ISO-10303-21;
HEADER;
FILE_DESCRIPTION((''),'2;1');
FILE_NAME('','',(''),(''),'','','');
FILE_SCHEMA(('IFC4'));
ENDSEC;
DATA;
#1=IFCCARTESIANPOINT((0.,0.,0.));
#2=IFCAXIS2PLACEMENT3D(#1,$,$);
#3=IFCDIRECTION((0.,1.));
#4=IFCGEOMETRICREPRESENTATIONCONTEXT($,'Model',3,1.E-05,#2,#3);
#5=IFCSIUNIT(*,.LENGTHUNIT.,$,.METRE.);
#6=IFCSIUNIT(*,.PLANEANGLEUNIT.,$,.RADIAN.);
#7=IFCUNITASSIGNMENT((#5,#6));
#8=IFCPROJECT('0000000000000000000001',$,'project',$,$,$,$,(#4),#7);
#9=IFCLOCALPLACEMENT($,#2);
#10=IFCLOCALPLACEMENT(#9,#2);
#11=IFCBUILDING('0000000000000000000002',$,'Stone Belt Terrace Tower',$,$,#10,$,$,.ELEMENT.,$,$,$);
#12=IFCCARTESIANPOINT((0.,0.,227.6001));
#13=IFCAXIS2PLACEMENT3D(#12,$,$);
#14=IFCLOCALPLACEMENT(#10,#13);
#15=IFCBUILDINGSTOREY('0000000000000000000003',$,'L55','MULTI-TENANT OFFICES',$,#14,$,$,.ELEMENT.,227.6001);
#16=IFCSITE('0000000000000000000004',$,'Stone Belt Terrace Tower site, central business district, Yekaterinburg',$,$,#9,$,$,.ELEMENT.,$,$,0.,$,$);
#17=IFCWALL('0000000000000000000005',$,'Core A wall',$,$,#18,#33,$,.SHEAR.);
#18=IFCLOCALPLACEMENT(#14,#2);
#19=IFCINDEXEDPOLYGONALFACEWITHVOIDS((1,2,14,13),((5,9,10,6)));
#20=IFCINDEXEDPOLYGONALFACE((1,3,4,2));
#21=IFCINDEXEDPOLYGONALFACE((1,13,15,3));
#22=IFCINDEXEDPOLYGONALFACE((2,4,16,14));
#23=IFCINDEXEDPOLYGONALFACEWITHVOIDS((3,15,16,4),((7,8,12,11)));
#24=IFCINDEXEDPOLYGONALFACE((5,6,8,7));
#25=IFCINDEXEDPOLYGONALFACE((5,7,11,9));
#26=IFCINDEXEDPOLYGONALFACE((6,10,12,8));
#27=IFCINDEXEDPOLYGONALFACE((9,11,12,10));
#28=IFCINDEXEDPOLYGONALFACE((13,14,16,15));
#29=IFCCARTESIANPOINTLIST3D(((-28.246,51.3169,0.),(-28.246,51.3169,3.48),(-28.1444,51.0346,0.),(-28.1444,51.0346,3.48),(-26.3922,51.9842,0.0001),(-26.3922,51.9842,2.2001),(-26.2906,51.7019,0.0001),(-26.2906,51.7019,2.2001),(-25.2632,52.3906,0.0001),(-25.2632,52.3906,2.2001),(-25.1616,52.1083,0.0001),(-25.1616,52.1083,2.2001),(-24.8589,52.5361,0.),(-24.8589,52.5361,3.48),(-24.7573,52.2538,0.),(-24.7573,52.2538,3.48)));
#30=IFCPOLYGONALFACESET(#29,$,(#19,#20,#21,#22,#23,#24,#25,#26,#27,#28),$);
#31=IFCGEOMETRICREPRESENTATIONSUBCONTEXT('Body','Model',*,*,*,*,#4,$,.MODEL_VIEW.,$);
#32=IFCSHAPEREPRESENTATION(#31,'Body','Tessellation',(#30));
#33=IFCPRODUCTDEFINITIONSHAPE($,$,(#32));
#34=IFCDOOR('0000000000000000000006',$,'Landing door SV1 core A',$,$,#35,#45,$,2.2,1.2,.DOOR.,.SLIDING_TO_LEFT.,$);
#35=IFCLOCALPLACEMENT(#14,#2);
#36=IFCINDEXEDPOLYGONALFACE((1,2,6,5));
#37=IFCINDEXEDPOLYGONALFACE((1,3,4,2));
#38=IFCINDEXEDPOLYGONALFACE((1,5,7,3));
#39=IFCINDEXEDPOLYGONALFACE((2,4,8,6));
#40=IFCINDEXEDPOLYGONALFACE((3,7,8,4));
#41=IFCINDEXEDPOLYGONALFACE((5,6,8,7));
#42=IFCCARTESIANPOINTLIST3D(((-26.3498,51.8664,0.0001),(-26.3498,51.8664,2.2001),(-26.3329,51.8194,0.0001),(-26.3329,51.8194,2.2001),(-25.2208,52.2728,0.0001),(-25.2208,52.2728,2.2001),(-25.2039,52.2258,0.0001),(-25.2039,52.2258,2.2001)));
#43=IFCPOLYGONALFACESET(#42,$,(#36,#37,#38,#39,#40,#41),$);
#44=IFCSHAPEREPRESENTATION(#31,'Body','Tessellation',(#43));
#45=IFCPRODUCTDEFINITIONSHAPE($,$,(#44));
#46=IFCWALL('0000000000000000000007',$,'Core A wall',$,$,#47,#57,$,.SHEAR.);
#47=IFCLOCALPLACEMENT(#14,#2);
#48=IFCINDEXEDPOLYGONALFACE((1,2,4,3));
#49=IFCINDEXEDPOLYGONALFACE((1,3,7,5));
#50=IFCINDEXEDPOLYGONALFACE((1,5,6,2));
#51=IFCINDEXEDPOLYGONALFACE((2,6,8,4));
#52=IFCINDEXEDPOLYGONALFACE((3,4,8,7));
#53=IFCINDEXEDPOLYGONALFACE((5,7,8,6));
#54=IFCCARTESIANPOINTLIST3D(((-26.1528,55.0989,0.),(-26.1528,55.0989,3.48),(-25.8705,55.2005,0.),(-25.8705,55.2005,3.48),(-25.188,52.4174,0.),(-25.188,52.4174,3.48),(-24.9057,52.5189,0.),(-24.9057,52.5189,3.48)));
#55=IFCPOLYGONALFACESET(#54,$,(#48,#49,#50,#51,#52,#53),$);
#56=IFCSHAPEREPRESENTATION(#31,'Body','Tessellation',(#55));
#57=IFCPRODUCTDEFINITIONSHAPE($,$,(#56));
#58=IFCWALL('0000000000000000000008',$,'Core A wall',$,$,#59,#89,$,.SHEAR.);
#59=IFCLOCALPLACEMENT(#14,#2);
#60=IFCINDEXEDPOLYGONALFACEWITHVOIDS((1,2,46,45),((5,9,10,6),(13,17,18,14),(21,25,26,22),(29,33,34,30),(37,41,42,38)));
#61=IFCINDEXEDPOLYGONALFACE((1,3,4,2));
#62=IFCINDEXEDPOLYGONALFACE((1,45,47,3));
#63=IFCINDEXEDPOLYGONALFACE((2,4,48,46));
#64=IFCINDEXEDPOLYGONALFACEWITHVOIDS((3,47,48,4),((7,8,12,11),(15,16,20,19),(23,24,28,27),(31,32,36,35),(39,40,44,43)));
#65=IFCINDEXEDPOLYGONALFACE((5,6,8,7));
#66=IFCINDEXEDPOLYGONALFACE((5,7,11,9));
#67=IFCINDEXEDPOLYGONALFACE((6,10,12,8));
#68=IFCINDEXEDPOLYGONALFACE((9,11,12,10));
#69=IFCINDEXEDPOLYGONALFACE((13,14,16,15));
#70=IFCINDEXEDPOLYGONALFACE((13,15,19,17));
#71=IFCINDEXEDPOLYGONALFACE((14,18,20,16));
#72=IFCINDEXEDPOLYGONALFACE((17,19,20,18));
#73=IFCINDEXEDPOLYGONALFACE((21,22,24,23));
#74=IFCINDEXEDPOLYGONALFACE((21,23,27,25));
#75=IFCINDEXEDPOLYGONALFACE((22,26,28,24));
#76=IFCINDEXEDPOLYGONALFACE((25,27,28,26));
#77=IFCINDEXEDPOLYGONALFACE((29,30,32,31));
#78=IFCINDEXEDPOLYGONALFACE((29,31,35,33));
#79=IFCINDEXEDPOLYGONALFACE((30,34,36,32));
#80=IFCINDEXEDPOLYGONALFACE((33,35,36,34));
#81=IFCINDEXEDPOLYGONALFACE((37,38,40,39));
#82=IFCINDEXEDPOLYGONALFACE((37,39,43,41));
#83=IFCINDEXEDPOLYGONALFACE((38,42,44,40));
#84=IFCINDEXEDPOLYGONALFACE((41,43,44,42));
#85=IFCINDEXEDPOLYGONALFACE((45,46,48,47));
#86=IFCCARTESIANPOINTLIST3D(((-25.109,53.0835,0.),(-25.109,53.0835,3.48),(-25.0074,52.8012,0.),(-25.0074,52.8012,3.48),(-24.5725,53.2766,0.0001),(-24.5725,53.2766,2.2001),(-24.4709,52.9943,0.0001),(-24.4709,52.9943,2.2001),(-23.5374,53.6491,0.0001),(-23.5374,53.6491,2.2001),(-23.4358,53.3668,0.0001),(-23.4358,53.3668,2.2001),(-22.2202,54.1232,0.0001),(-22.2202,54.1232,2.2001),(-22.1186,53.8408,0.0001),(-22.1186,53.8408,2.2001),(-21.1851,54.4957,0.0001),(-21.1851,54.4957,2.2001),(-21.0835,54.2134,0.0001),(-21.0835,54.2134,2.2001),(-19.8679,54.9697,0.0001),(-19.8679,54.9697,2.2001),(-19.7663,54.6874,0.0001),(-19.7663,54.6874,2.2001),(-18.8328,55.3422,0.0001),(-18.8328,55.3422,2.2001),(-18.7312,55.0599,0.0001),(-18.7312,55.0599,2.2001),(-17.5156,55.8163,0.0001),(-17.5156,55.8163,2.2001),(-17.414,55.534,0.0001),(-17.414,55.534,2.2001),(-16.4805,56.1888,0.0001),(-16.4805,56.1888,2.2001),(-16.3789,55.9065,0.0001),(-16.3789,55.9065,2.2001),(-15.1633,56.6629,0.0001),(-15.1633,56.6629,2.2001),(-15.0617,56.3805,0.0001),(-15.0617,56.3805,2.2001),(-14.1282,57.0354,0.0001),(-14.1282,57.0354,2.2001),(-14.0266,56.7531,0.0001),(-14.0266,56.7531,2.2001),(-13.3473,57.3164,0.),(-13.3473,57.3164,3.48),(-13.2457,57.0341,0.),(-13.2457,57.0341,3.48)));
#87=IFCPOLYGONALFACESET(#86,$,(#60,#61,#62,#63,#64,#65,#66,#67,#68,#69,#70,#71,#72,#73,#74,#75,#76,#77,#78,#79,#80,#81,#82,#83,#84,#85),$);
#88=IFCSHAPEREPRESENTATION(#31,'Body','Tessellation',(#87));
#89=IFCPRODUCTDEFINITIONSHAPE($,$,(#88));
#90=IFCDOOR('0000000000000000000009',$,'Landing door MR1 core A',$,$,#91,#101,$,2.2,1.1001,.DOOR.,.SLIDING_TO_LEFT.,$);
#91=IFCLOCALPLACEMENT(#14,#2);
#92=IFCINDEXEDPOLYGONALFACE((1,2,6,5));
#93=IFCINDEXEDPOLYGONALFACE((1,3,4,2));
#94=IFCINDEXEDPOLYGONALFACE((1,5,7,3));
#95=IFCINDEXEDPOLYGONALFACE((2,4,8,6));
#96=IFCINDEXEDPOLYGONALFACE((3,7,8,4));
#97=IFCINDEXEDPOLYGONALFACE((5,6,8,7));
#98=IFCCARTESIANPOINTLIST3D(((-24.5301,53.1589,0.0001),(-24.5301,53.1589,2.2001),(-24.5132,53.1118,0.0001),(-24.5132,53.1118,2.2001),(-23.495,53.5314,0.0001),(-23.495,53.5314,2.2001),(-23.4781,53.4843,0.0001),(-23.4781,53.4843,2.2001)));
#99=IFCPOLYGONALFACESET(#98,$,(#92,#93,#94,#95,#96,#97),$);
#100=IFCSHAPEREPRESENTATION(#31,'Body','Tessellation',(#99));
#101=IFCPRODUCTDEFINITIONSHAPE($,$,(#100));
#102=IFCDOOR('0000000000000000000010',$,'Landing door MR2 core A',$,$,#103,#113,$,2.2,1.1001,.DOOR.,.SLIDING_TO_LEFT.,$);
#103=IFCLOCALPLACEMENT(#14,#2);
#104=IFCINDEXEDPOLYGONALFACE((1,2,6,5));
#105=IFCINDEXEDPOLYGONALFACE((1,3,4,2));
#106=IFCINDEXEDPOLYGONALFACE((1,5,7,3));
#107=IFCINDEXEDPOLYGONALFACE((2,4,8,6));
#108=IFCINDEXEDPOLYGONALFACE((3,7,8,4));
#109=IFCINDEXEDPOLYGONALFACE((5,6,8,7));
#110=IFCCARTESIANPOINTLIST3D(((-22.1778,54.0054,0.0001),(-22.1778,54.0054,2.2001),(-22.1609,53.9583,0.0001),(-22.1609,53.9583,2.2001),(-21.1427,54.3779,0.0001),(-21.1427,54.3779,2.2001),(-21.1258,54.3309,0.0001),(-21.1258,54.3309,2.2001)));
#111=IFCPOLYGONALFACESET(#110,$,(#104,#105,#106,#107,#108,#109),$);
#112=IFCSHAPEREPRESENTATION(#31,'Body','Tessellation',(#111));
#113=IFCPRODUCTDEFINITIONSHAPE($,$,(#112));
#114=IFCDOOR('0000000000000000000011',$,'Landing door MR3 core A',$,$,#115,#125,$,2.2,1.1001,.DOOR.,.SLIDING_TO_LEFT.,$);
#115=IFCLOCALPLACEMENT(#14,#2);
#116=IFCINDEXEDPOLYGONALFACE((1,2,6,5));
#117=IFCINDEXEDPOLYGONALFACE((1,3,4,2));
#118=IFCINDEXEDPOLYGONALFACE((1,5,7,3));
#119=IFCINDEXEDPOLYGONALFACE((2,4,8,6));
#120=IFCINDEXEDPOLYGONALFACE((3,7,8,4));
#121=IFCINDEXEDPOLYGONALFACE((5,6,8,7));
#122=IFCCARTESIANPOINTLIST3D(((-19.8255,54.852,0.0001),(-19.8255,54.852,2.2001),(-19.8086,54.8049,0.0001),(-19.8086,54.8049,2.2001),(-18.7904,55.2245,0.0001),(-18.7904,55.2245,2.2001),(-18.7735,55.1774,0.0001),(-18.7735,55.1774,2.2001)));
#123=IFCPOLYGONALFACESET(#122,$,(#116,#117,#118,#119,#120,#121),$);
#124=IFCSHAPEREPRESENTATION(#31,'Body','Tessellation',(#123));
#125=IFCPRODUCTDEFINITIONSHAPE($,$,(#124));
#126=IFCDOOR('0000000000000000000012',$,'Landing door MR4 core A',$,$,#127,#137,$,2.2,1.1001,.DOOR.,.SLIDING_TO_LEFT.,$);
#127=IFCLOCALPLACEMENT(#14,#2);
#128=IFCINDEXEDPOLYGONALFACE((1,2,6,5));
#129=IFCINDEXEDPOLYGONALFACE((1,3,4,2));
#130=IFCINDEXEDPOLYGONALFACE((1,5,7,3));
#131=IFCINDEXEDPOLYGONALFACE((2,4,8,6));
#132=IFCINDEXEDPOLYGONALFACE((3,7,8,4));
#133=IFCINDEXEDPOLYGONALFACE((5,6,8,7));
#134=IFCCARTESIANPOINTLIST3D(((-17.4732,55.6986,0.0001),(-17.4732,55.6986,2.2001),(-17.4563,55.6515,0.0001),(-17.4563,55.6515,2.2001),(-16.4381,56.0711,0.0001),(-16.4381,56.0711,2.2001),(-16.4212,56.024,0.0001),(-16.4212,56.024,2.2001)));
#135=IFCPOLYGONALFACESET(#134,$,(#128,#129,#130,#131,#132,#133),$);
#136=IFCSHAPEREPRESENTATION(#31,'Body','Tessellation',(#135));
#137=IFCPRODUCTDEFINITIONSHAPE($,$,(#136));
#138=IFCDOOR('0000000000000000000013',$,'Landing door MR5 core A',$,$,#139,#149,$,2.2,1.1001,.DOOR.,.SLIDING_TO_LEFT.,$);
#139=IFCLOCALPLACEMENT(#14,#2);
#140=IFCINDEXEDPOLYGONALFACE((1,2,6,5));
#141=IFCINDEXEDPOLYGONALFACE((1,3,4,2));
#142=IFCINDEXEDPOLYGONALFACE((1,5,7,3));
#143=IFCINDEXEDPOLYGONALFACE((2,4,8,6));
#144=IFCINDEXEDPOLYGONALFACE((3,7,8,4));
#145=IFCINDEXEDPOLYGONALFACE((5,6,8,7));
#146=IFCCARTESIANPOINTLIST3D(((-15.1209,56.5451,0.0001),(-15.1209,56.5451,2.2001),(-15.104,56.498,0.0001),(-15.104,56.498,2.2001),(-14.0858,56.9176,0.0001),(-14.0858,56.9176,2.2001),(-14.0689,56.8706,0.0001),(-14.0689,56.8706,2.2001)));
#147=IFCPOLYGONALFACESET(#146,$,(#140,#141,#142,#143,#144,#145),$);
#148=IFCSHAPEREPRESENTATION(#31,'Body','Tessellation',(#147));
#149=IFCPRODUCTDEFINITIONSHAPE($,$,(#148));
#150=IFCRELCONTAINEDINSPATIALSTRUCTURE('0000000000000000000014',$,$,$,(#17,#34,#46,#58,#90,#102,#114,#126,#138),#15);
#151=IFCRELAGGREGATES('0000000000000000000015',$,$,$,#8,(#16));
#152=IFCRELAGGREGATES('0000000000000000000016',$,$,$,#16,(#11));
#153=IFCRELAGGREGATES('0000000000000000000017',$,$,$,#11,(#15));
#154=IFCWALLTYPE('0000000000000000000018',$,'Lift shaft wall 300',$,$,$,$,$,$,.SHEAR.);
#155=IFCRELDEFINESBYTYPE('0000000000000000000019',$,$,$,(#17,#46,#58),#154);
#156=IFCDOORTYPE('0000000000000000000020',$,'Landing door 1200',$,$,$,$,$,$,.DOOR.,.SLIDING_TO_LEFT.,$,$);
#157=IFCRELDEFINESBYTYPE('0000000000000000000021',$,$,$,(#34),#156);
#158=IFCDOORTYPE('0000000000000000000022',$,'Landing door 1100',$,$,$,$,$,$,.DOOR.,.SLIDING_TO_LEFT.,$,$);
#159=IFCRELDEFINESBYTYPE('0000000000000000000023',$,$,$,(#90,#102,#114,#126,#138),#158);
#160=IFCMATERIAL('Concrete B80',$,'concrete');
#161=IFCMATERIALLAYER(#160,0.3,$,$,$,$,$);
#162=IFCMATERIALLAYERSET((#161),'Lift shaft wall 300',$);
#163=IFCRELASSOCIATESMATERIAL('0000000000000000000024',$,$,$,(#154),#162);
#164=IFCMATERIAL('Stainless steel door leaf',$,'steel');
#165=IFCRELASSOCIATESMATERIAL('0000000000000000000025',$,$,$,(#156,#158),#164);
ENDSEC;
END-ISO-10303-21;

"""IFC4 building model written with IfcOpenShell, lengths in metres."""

from ifc_helpers import new_model, si_unit, direction, frame, frame_2d, origin, place, context, subcontext, project, spatial, rectangle, extrude, material, layer, layer_set, type_object, element, fill, save


model = new_model("IFC4")

# Units and contexts
model_context = context("Model", 3, precision=1e-05, world=origin(), true_north=direction((0.0, 1.0)))
body_context = subcontext(model_context, "Body", "Model", "MODEL_VIEW")
ifc_project = project(units=[si_unit("LENGTHUNIT", "METRE"), si_unit("PLANEANGLEUNIT", "RADIAN")], contexts=[model_context])

# Site, building, storey
site_placement = place(None, origin())
site = spatial("IfcSite", under=ifc_project, at=site_placement, Name="Stone Belt Terrace Tower site, central business district, Yekaterinburg", CompositionType="ELEMENT", RefElevation=0.0)
building_placement = place(site_placement, origin())
building = spatial("IfcBuilding", under=site, at=building_placement, Name="Stone Belt Terrace Tower", CompositionType="ELEMENT")
storey_placement = place(building_placement, frame((0.0, 0.0, 227.6001)))
storey = spatial("IfcBuildingStorey", under=building, at=storey_placement, Name="L55", Description="MULTI-TENANT OFFICES", CompositionType="ELEMENT", Elevation=227.6001)

# Shared definitions
ifc_material_1 = material(Name="Concrete B80", Category="concrete")

# Wall, opening, door
ifc_layer_1 = layer(ifc_material_1, 0.3)
ifc_layer_set_1 = layer_set([ifc_layer_1], Name="Lift shaft wall 300")
wall_type_1 = type_object("IfcWallType", Name="Lift shaft wall 300", PredefinedType="SHEAR", material=ifc_layer_set_1)
wall_1_placement = place(storey_placement, frame((-28.1951, 51.1758, 0.0), z_axis=(0.0, 0.0, 1.0), x_axis=(0.940901, 0.338681, 0.0)))
wall_1 = element("IfcWall", 1, at=wall_1_placement, inside=storey, type_object=wall_type_1, Name="Core A wall", PredefinedType="SHEAR", context=body_context, shape_type="SweptSolid", body=[
    extrude(rectangle(XDim=3.5999, YDim=0.3, at=frame_2d((1.7998, 0.0))), origin(), (0.0, 0.0, 1.0), 3.48),
])
opening_1_placement = place(wall_1_placement, frame((1.97, 0.0, 0.0)))
opening_1 = element("IfcOpeningElement", 2, at=opening_1_placement, cuts=wall_1, PredefinedType="OPENING", context=body_context, shape_type="SweptSolid", body=[
    extrude(rectangle(XDim=1.2, YDim=2.2, at=frame_2d((0.6001, 1.1001))), frame((0.0, 0.1599, 0.0), z_axis=(0.0, -1.0, 0.0), x_axis=(1.0, 0.0, 0.0)), (0.0, 0.0, 1.0), 0.3201),
])
ifc_material_2 = material(Name="Stainless steel door leaf", Category="steel")
door_type_1 = type_object("IfcDoorType", Name="Landing door 1200", OperationType="SLIDING_TO_LEFT", PredefinedType="DOOR", material=ifc_material_2)
door_1_placement = place(opening_1_placement, origin())
door_1 = element("IfcDoor", 3, at=door_1_placement, inside=storey, type_object=door_type_1, Name="Landing door SV1 core A", OperationType="SLIDING_TO_LEFT", OverallHeight=2.2, OverallWidth=1.2, PredefinedType="DOOR", context=body_context, shape_type="SweptSolid", body=[
    extrude(rectangle(XDim=1.2, YDim=2.2, at=frame_2d((0.6001, 1.1001))), frame((0.0, 0.0249, 0.0), z_axis=(0.0, -1.0, 0.0), x_axis=(1.0, 0.0, 0.0)), (0.0, 0.0, 1.0), 0.05),
])
fill(opening_1, door_1)

# Wall
wall_2_placement = place(storey_placement, frame((-25.0469, 52.4683, 0.0), z_axis=(0.0, 0.0, 1.0), x_axis=(-0.33855, 0.940949, 0.0)))
element("IfcWall", 4, at=wall_2_placement, inside=storey, type_object=wall_type_1, Name="Core A wall", PredefinedType="SHEAR", context=body_context, shape_type="SweptSolid", body=[
    extrude(rectangle(XDim=2.8499, YDim=0.3, at=frame_2d((1.4248, 0.0))), origin(), (0.0, 0.0, 1.0), 3.48),
])

# Wall, openings, doors
wall_3_placement = place(storey_placement, frame((-25.0581, 52.9424, 0.0), z_axis=(0.0, 0.0, 1.0), x_axis=(0.940921, 0.338627, 0.0)))
wall_3 = element("IfcWall", 5, at=wall_3_placement, inside=storey, type_object=wall_type_1, Name="Core A wall", PredefinedType="SHEAR", context=body_context, shape_type="SweptSolid", body=[
    extrude(rectangle(XDim=12.5002, YDim=0.3, at=frame_2d((6.25, 0.0))), origin(), (0.0, 0.0, 1.0), 3.48),
])
opening_2_placement = place(wall_3_placement, frame((0.5701, 0.0, 0.0)))
opening_2 = element("IfcOpeningElement", 6, at=opening_2_placement, cuts=wall_3, PredefinedType="OPENING", context=body_context, shape_type="SweptSolid", body=[
    extrude(rectangle(XDim=1.1001, YDim=2.2, at=frame_2d((0.55, 1.1001))), frame((0.0, 0.1599, 0.0), z_axis=(0.0, -1.0, 0.0), x_axis=(1.0, 0.0, 0.0)), (0.0, 0.0, 1.0), 0.3201),
])
opening_3_placement = place(wall_3_placement, frame((3.0701, 0.0, 0.0)))
opening_3 = element("IfcOpeningElement", 7, at=opening_3_placement, cuts=wall_3, PredefinedType="OPENING", context=body_context, shape_type="SweptSolid", body=[
    extrude(rectangle(XDim=1.1001, YDim=2.2, at=frame_2d((0.55, 1.1001))), frame((0.0, 0.1599, 0.0), z_axis=(0.0, -1.0, 0.0), x_axis=(1.0, 0.0, 0.0)), (0.0, 0.0, 1.0), 0.3201),
])
opening_4_placement = place(wall_3_placement, frame((5.5701, 0.0, 0.0)))
opening_4 = element("IfcOpeningElement", 8, at=opening_4_placement, cuts=wall_3, PredefinedType="OPENING", context=body_context, shape_type="SweptSolid", body=[
    extrude(rectangle(XDim=1.1001, YDim=2.2, at=frame_2d((0.55, 1.1001))), frame((0.0, 0.1599, 0.0), z_axis=(0.0, -1.0, 0.0), x_axis=(1.0, 0.0, 0.0)), (0.0, 0.0, 1.0), 0.3201),
])
opening_5_placement = place(wall_3_placement, frame((8.0701, 0.0, 0.0)))
opening_5 = element("IfcOpeningElement", 9, at=opening_5_placement, cuts=wall_3, PredefinedType="OPENING", context=body_context, shape_type="SweptSolid", body=[
    extrude(rectangle(XDim=1.1001, YDim=2.2, at=frame_2d((0.55, 1.1001))), frame((0.0, 0.1599, 0.0), z_axis=(0.0, -1.0, 0.0), x_axis=(1.0, 0.0, 0.0)), (0.0, 0.0, 1.0), 0.3201),
])
opening_6_placement = place(wall_3_placement, frame((10.5701, 0.0, 0.0)))
opening_6 = element("IfcOpeningElement", 10, at=opening_6_placement, cuts=wall_3, PredefinedType="OPENING", context=body_context, shape_type="SweptSolid", body=[
    extrude(rectangle(XDim=1.1001, YDim=2.2, at=frame_2d((0.55, 1.1001))), frame((0.0, 0.1599, 0.0), z_axis=(0.0, -1.0, 0.0), x_axis=(1.0, 0.0, 0.0)), (0.0, 0.0, 1.0), 0.3201),
])
door_type_2 = type_object("IfcDoorType", Name="Landing door 1100", OperationType="SLIDING_TO_LEFT", PredefinedType="DOOR", material=ifc_material_2)
door_2_placement = place(opening_2_placement, origin())
door_2 = element("IfcDoor", 11, at=door_2_placement, inside=storey, type_object=door_type_2, Name="Landing door MR1 core A", OperationType="SLIDING_TO_LEFT", OverallHeight=2.2, OverallWidth=1.1001, PredefinedType="DOOR", context=body_context, shape_type="SweptSolid", body=[
    extrude(rectangle(XDim=1.1001, YDim=2.2, at=frame_2d((0.55, 1.1001))), frame((0.0, 0.0249, 0.0), z_axis=(0.0, -1.0, 0.0), x_axis=(1.0, 0.0, 0.0)), (0.0, 0.0, 1.0), 0.05),
])
fill(opening_2, door_2)
door_3_placement = place(opening_3_placement, origin())
door_3 = element("IfcDoor", 12, at=door_3_placement, inside=storey, type_object=door_type_2, Name="Landing door MR2 core A", OperationType="SLIDING_TO_LEFT", OverallHeight=2.2, OverallWidth=1.1001, PredefinedType="DOOR", context=body_context, shape_type="SweptSolid", body=[
    extrude(rectangle(XDim=1.1001, YDim=2.2, at=frame_2d((0.55, 1.1001))), frame((0.0, 0.0249, 0.0), z_axis=(0.0, -1.0, 0.0), x_axis=(1.0, 0.0, 0.0)), (0.0, 0.0, 1.0), 0.05),
])
fill(opening_3, door_3)
door_4_placement = place(opening_4_placement, origin())
door_4 = element("IfcDoor", 13, at=door_4_placement, inside=storey, type_object=door_type_2, Name="Landing door MR3 core A", OperationType="SLIDING_TO_LEFT", OverallHeight=2.2, OverallWidth=1.1001, PredefinedType="DOOR", context=body_context, shape_type="SweptSolid", body=[
    extrude(rectangle(XDim=1.1001, YDim=2.2, at=frame_2d((0.55, 1.1001))), frame((0.0, 0.0249, 0.0), z_axis=(0.0, -1.0, 0.0), x_axis=(1.0, 0.0, 0.0)), (0.0, 0.0, 1.0), 0.05),
])
fill(opening_4, door_4)
door_5_placement = place(opening_5_placement, origin())
door_5 = element("IfcDoor", 14, at=door_5_placement, inside=storey, type_object=door_type_2, Name="Landing door MR4 core A", OperationType="SLIDING_TO_LEFT", OverallHeight=2.2, OverallWidth=1.1001, PredefinedType="DOOR", context=body_context, shape_type="SweptSolid", body=[
    extrude(rectangle(XDim=1.1001, YDim=2.2, at=frame_2d((0.55, 1.1001))), frame((0.0, 0.0249, 0.0), z_axis=(0.0, -1.0, 0.0), x_axis=(1.0, 0.0, 0.0)), (0.0, 0.0, 1.0), 0.05),
])
fill(opening_5, door_5)
door_6_placement = place(opening_6_placement, origin())
door_6 = element("IfcDoor", 15, at=door_6_placement, inside=storey, type_object=door_type_2, Name="Landing door MR5 core A", OperationType="SLIDING_TO_LEFT", OverallHeight=2.2, OverallWidth=1.1001, PredefinedType="DOOR", context=body_context, shape_type="SweptSolid", body=[
    extrude(rectangle(XDim=1.1001, YDim=2.2, at=frame_2d((0.55, 1.1001))), frame((0.0, 0.0249, 0.0), z_axis=(0.0, -1.0, 0.0), x_axis=(1.0, 0.0, 0.0)), (0.0, 0.0, 1.0), 0.05),
])
fill(opening_6, door_6)

save(model, "model.ifc")
